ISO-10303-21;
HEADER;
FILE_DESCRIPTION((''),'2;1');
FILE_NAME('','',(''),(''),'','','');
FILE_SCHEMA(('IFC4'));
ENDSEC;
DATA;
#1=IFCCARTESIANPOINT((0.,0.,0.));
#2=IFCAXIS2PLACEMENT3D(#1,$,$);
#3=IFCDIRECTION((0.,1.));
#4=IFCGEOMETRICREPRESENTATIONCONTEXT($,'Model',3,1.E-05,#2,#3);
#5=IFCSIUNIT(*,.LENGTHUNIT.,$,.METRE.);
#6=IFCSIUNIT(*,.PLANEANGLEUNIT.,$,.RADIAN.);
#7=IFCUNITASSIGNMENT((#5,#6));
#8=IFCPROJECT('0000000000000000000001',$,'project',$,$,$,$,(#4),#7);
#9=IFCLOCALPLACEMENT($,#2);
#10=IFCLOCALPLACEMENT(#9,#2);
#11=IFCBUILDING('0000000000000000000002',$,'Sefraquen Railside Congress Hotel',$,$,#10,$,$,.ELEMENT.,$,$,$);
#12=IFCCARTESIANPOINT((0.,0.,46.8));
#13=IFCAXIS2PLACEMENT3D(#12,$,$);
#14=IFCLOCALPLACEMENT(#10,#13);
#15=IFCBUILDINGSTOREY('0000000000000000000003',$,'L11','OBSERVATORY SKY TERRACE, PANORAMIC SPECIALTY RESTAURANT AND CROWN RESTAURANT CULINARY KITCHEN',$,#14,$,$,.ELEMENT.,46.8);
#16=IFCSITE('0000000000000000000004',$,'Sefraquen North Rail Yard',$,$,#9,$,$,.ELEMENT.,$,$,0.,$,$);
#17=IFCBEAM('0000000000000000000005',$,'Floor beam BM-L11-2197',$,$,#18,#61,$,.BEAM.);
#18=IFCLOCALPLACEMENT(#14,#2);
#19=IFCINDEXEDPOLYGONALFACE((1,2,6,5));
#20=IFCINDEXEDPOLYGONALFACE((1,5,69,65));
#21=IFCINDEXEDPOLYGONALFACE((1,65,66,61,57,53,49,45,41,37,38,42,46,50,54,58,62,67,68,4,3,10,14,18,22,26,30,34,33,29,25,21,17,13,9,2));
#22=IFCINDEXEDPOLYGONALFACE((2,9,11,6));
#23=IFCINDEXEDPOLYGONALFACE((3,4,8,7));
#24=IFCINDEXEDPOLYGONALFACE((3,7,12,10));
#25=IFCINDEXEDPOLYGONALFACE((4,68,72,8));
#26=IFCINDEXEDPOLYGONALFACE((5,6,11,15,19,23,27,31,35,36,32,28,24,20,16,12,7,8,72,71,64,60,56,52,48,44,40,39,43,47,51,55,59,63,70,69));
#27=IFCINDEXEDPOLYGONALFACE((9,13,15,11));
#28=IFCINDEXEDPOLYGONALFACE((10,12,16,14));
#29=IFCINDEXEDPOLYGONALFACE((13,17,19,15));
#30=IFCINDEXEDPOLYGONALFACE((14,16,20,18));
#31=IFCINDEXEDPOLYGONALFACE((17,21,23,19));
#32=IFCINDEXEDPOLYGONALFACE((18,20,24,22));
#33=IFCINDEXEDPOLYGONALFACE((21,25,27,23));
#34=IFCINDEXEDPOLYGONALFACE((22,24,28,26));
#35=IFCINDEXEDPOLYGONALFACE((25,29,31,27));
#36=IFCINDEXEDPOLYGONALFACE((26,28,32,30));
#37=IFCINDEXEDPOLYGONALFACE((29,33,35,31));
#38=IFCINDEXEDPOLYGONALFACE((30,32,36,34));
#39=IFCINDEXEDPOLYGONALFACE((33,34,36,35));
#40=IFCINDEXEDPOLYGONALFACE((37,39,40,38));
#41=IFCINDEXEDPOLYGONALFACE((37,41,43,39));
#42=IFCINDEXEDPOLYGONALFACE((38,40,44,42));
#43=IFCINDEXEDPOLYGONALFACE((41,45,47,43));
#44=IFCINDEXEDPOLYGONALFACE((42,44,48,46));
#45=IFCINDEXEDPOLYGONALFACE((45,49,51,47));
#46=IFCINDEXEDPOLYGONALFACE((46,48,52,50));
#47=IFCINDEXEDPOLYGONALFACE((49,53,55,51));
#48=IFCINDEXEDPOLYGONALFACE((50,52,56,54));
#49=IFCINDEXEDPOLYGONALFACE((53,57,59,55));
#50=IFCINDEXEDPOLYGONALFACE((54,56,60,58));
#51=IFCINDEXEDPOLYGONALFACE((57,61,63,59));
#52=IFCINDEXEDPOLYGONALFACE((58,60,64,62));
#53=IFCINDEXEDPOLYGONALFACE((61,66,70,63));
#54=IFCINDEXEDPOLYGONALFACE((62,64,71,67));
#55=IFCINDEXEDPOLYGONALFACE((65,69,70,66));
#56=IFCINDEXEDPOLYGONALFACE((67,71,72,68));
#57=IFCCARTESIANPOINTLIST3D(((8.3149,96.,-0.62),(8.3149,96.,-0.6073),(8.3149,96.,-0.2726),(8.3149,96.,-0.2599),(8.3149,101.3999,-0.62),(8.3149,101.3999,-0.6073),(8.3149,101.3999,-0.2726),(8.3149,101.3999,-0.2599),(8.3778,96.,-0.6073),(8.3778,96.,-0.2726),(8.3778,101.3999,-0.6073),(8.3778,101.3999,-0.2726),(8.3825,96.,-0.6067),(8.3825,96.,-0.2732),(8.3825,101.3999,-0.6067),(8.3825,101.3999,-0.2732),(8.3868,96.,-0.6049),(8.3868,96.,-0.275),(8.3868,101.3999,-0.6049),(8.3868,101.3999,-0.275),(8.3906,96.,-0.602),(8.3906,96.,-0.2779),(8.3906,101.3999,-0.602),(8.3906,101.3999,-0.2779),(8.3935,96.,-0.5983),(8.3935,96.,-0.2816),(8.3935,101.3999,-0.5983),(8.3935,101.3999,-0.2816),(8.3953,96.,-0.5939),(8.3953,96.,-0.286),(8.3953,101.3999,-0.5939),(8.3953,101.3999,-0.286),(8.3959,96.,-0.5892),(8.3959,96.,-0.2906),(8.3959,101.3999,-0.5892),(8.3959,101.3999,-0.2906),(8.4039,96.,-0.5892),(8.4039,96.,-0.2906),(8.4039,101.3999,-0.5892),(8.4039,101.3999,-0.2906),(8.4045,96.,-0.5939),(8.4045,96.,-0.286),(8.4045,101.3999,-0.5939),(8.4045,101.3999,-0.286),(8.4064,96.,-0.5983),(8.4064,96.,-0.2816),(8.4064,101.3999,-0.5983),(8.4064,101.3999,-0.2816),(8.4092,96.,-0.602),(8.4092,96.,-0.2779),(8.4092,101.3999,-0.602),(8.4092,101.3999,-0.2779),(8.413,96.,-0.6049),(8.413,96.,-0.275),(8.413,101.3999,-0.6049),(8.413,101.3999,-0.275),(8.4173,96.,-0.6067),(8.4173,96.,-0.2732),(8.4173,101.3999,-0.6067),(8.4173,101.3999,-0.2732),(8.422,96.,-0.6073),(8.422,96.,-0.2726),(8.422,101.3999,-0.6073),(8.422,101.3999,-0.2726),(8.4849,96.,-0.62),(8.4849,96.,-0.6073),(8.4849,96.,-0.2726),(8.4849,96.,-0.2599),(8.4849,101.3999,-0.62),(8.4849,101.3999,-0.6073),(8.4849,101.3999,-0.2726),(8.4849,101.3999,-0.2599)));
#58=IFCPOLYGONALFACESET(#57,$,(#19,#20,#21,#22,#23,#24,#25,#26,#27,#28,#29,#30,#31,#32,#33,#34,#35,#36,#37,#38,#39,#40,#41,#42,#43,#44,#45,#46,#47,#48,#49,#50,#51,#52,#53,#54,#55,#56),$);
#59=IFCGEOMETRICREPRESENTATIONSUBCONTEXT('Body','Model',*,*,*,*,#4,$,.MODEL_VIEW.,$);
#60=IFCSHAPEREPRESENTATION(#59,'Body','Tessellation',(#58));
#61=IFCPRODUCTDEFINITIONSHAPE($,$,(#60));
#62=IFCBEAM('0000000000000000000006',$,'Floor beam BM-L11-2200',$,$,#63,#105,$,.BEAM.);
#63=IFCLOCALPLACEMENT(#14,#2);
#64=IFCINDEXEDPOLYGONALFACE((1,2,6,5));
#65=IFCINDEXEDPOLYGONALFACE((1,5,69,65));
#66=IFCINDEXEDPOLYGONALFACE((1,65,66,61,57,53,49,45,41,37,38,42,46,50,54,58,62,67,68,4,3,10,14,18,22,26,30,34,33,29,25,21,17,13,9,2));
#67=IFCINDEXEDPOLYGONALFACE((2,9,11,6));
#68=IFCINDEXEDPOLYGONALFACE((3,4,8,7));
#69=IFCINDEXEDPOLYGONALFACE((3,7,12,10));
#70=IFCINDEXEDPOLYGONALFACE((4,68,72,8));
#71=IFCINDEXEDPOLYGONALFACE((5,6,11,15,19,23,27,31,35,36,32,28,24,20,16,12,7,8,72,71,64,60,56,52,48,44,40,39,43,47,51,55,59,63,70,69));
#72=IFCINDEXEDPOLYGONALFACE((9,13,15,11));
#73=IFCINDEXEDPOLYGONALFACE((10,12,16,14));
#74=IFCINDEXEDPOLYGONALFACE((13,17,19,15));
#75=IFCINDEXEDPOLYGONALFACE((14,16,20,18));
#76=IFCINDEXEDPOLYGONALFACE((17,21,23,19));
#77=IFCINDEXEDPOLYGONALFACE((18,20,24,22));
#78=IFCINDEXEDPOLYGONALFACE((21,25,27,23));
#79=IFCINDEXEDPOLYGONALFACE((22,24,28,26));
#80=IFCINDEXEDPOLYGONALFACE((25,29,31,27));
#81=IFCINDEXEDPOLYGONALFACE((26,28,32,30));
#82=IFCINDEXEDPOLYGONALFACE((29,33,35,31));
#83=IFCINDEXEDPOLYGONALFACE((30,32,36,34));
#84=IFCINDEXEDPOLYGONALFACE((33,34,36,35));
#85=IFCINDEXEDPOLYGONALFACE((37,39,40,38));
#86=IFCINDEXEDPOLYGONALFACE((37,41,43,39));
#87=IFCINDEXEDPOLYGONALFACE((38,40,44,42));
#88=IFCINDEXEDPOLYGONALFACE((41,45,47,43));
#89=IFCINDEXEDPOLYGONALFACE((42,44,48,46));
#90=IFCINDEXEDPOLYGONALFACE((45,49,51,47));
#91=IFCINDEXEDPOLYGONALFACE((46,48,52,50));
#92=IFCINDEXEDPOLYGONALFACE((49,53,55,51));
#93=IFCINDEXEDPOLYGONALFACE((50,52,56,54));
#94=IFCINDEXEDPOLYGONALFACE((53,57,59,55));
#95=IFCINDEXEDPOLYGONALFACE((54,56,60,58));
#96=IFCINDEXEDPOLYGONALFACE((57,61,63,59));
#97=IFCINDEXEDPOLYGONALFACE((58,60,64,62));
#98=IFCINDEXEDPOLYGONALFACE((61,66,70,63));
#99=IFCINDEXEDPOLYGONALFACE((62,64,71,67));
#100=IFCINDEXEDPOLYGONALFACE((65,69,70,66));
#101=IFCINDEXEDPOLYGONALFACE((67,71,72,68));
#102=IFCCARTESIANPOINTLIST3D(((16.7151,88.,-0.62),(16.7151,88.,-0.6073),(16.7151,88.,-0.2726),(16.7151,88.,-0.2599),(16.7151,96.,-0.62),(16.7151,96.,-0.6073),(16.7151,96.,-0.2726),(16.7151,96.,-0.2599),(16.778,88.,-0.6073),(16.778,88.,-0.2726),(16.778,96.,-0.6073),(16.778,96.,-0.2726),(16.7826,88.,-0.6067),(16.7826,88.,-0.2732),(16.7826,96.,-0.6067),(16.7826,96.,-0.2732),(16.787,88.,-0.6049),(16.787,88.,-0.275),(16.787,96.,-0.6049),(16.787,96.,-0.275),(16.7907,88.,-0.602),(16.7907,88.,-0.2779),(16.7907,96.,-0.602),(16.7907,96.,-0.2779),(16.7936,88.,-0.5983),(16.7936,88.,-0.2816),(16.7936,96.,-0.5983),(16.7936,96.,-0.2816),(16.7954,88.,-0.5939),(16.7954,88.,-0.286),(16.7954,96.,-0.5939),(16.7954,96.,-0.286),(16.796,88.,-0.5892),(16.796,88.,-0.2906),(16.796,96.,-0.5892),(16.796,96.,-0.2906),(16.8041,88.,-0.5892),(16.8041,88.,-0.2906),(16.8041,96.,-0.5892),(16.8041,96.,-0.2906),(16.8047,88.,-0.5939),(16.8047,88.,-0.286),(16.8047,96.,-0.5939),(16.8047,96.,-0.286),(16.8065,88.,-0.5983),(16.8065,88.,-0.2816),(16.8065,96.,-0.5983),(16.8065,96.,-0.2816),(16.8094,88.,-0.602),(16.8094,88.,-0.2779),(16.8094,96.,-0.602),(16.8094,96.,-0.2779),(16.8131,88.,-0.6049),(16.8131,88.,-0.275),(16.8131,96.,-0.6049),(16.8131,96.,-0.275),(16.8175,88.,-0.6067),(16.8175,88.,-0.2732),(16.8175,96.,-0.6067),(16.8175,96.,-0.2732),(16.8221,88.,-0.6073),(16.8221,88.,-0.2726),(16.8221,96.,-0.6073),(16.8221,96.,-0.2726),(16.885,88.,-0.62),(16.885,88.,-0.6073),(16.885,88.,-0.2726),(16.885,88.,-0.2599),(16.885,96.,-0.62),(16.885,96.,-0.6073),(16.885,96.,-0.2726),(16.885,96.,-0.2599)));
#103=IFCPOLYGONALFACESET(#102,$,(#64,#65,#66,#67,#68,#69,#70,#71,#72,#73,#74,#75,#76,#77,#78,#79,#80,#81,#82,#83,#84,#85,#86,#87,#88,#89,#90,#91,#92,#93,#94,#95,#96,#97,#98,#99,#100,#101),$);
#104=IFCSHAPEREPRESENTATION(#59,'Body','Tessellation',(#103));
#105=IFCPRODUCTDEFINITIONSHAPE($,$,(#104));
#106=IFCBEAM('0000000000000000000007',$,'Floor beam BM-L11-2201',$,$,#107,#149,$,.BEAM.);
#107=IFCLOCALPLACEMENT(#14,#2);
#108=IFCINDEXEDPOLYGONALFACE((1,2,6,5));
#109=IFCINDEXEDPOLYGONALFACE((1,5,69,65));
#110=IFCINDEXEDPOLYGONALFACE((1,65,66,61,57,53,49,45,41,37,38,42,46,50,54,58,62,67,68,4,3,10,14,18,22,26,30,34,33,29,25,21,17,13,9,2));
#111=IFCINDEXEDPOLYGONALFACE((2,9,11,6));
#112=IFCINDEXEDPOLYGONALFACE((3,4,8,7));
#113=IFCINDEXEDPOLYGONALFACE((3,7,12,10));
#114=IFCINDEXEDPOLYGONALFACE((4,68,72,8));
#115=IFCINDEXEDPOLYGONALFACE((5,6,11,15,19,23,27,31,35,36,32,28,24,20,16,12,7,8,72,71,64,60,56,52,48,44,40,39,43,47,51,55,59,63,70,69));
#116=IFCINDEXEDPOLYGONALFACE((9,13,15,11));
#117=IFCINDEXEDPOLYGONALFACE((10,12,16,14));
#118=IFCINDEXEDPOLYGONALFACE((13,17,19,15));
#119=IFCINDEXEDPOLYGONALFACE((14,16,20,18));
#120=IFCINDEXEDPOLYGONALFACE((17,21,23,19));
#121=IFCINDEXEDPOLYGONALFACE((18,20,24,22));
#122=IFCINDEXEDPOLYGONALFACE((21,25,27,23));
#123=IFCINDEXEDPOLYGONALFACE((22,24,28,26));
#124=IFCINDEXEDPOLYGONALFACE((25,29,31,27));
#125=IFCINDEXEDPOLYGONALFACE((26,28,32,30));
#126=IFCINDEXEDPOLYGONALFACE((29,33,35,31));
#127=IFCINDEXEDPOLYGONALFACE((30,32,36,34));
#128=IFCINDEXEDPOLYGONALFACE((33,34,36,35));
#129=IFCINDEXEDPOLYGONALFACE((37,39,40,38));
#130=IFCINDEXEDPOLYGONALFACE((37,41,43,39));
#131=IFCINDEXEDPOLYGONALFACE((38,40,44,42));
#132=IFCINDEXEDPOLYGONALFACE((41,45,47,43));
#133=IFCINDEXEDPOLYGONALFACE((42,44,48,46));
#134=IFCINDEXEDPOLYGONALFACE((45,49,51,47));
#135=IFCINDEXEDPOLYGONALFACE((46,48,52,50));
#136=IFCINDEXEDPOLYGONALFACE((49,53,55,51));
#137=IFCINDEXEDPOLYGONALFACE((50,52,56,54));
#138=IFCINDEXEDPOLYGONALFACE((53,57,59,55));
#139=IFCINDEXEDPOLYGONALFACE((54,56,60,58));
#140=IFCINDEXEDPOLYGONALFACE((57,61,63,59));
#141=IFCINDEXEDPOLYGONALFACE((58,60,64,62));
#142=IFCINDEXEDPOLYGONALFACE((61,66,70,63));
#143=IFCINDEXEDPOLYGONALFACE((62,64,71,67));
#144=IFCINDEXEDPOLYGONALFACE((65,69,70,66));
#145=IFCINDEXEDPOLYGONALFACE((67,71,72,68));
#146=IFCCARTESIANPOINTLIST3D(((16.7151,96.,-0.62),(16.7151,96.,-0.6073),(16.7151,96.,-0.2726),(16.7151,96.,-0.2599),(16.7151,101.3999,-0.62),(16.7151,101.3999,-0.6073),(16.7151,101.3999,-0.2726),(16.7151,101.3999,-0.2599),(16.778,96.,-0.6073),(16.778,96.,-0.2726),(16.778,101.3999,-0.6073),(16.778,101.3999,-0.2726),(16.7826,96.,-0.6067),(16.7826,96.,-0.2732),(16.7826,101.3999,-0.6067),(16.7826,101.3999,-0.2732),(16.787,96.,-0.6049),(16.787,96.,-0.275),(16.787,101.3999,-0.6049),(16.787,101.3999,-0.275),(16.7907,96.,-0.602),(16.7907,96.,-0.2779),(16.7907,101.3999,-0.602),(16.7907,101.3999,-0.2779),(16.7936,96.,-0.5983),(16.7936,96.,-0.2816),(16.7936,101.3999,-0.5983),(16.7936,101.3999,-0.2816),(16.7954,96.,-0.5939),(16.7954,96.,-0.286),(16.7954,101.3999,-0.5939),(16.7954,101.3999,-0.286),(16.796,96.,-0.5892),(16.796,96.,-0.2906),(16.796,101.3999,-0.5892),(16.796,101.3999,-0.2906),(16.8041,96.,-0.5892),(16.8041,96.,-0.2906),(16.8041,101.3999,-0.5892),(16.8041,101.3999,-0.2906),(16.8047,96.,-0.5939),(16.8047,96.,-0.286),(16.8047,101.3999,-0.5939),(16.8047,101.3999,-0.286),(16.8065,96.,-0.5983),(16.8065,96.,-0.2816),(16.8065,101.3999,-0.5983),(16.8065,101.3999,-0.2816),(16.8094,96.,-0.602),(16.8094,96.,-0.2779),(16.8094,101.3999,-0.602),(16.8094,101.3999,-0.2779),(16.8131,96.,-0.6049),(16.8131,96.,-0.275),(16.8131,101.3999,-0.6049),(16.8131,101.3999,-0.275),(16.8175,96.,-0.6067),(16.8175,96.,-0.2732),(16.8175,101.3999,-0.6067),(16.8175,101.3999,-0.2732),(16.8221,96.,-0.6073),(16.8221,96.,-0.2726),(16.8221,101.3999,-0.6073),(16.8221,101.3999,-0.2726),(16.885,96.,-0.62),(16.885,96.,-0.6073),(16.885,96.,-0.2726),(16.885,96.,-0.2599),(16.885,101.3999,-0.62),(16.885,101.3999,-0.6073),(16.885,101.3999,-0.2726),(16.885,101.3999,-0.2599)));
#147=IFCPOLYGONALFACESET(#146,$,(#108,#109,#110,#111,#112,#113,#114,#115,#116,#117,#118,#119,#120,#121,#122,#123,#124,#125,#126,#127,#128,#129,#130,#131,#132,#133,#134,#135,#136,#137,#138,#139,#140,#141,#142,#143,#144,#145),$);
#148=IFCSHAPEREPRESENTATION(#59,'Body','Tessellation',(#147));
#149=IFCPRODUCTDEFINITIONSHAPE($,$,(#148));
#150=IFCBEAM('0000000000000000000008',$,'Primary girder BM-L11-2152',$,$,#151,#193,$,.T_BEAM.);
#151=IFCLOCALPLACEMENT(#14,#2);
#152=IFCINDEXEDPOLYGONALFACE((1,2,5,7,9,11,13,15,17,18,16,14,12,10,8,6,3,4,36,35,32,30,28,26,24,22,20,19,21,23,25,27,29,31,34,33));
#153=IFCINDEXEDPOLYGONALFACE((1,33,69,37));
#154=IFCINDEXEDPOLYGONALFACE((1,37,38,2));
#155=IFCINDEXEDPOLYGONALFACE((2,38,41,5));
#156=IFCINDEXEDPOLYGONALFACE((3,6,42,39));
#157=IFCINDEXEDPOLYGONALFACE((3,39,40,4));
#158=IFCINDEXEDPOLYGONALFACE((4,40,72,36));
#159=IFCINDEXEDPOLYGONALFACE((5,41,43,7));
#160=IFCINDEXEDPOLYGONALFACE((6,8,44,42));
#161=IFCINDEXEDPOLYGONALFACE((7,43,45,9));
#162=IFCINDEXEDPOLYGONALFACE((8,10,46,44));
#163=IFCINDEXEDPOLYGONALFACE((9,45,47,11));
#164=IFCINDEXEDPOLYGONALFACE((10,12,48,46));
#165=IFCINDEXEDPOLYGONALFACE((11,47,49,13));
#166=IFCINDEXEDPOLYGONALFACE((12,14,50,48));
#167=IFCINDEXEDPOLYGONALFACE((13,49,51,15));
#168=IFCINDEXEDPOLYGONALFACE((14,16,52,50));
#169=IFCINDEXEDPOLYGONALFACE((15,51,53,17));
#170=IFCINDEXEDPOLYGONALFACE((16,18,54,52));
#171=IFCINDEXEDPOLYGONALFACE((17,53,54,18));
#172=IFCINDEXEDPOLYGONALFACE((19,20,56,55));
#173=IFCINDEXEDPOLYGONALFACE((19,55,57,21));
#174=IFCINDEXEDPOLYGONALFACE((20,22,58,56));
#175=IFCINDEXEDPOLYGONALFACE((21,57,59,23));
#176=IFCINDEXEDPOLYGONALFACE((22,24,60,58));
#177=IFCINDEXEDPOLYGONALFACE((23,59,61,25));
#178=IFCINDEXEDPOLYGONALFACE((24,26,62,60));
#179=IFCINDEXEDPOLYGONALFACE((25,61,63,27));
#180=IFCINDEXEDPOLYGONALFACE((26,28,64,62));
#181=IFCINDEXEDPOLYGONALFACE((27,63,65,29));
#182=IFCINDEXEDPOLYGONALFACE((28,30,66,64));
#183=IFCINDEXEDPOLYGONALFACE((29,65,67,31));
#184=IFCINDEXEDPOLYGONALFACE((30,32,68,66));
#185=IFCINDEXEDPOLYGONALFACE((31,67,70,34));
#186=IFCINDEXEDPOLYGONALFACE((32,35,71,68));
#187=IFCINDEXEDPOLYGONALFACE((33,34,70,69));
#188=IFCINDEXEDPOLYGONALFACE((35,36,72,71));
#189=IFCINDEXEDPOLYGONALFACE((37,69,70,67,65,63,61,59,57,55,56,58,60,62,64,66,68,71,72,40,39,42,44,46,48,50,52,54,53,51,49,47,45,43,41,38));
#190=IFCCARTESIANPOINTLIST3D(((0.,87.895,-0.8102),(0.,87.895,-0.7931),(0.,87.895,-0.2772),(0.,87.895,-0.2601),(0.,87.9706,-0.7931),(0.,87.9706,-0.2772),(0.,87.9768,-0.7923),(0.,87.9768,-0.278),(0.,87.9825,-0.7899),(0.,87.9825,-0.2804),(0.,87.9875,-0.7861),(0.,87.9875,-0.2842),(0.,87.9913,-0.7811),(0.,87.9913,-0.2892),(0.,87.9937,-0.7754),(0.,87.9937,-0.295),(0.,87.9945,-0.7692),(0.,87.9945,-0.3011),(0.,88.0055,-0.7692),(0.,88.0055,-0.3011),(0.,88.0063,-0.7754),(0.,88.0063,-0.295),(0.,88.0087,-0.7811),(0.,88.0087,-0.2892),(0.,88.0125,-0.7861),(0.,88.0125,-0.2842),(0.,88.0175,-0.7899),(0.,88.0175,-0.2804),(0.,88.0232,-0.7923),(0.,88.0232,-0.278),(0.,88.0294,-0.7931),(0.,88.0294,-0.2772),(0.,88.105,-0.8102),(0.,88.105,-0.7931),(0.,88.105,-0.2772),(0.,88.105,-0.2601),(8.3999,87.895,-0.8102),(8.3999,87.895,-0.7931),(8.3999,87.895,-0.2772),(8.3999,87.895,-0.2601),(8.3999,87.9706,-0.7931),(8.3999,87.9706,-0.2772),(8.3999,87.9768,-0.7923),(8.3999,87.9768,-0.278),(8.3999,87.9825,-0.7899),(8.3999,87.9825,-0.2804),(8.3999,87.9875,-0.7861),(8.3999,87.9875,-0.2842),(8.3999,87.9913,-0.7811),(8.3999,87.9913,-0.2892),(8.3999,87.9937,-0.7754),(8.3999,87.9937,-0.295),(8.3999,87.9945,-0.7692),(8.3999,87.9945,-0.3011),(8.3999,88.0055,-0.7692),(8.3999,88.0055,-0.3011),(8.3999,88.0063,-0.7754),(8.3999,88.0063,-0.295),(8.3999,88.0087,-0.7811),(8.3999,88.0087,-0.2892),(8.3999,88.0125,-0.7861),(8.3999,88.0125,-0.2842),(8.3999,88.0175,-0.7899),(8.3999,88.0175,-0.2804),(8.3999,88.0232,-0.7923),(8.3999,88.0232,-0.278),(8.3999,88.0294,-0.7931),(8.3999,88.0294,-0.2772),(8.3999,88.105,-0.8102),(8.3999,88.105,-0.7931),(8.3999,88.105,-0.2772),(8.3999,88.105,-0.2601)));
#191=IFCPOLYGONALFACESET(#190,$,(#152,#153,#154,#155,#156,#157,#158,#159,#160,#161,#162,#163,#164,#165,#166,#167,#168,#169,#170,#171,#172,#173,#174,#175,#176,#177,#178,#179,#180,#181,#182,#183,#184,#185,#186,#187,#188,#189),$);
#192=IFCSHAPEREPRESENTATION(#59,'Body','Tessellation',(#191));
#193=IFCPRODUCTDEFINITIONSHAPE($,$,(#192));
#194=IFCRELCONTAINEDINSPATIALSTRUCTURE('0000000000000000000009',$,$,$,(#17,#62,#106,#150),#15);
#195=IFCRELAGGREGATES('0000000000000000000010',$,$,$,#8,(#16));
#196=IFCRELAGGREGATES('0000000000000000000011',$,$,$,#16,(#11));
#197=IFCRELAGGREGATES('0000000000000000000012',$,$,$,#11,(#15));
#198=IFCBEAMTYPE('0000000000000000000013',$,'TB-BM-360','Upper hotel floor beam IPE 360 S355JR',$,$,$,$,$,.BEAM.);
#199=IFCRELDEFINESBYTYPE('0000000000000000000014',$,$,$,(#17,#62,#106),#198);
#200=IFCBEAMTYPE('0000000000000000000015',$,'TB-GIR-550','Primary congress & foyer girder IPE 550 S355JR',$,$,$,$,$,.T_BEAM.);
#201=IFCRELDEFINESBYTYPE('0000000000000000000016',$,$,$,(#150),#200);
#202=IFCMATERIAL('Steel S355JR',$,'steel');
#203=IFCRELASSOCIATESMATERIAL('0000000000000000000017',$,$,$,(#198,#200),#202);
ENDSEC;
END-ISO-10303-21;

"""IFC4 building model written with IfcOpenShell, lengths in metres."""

from ifc_helpers import new_model, si_unit, direction, frame, origin, origin_2d, place, context, subcontext, project, spatial, i_section, extrude, material, material_profile, profile_set, type_object, element, save


model = new_model("IFC4")

# Units and contexts
model_context = context("Model", 3, precision=1e-05, world=origin(), true_north=direction((0.0, 1.0)))
body_context = subcontext(model_context, "Body", "Model", "MODEL_VIEW")
ifc_project = project(units=[si_unit("LENGTHUNIT", "METRE"), si_unit("PLANEANGLEUNIT", "RADIAN")], contexts=[model_context])

# Site, building, storey
site_placement = place(None, origin())
site = spatial("IfcSite", under=ifc_project, at=site_placement, Name="Sefraquen North Rail Yard", CompositionType="ELEMENT", RefElevation=0.0)
building_placement = place(site_placement, origin())
building = spatial("IfcBuilding", under=site, at=building_placement, Name="Sefraquen Railside Congress Hotel", CompositionType="ELEMENT")
storey_placement = place(building_placement, frame((0.0, 0.0, 46.8)))
storey = spatial("IfcBuildingStorey", under=building, at=storey_placement, Name="L11", Description="OBSERVATORY SKY TERRACE, PANORAMIC SPECIALTY RESTAURANT AND CROWN RESTAURANT CULINARY KITCHEN", CompositionType="ELEMENT", Elevation=46.8)

# Shared definitions
ifc_material_1 = material(Name="Steel S355JR", Category="steel")

# Beams
ifc_material_profile_1 = material_profile(ifc_material_1, i_section(OverallWidth=0.1699, OverallDepth=0.3601, WebThickness=0.0081, FlangeThickness=0.0127, FilletRadius=0.0181, at=origin_2d()), Name="IPE 360")
ifc_profile_set_1 = profile_set([ifc_material_profile_1], Name="Steel S355JR")
beam_type_1 = type_object("IfcBeamType", Name="TB-BM-360", Description="Upper hotel floor beam IPE 360 S355JR", PredefinedType="BEAM", material=ifc_profile_set_1)
beam_1_placement = place(storey_placement, frame((8.3999, 96.0, -0.4399), z_axis=(0.0, 1.0, 0.0), x_axis=(-1.0, 0.0, 0.0)))
element("IfcBeam", 1, at=beam_1_placement, inside=storey, type_object=beam_type_1, Name="Floor beam BM-L11-2197", PredefinedType="BEAM", context=body_context, shape_type="SweptSolid", body=[
    extrude(i_section(OverallWidth=0.1699, OverallDepth=0.3601, WebThickness=0.0081, FlangeThickness=0.0127, FilletRadius=0.0181, at=origin_2d()), origin(), (0.0, 0.0, 1.0), 5.3999),
])
beam_2_placement = place(storey_placement, frame((16.8, 88.0, -0.4399), z_axis=(0.0, 1.0, 0.0), x_axis=(-1.0, 0.0, 0.0)))
element("IfcBeam", 2, at=beam_2_placement, inside=storey, type_object=beam_type_1, Name="Floor beam BM-L11-2200", PredefinedType="BEAM", context=body_context, shape_type="SweptSolid", body=[
    extrude(i_section(OverallWidth=0.1699, OverallDepth=0.3601, WebThickness=0.0081, FlangeThickness=0.0127, FilletRadius=0.0181, at=origin_2d()), origin(), (0.0, 0.0, 1.0), 8.0),
])
beam_3_placement = place(storey_placement, frame((16.8, 96.0, -0.4399), z_axis=(0.0, 1.0, 0.0), x_axis=(-1.0, 0.0, 0.0)))
element("IfcBeam", 3, at=beam_3_placement, inside=storey, type_object=beam_type_1, Name="Floor beam BM-L11-2201", PredefinedType="BEAM", context=body_context, shape_type="SweptSolid", body=[
    extrude(i_section(OverallWidth=0.1699, OverallDepth=0.3601, WebThickness=0.0081, FlangeThickness=0.0127, FilletRadius=0.0181, at=origin_2d()), origin(), (0.0, 0.0, 1.0), 5.3999),
])
ifc_material_profile_2 = material_profile(ifc_material_1, i_section(OverallWidth=0.21, OverallDepth=0.55, WebThickness=0.011, FlangeThickness=0.0171, FilletRadius=0.0239, at=origin_2d()), Name="IPE 550")
ifc_profile_set_2 = profile_set([ifc_material_profile_2], Name="Steel S355JR")
beam_type_2 = type_object("IfcBeamType", Name="TB-GIR-550", Description="Primary congress & foyer girder IPE 550 S355JR", PredefinedType="T_BEAM", material=ifc_profile_set_2)
for number, where, z_axis, x_axis, name in (
    (4, (0.0, 88.0, -0.5352), (1.0, 0.0, 0.0), (0.0, 1.0, 0.0), "Primary girder BM-L11-2152"),
):
    element("IfcBeam", number, at=place(storey_placement, frame(where, z_axis=z_axis, x_axis=x_axis)), inside=storey, type_object=beam_type_2, Name=name, PredefinedType="T_BEAM", context=body_context, shape_type="SweptSolid", body=[
        extrude(i_section(OverallWidth=0.21, OverallDepth=0.55, WebThickness=0.011, FlangeThickness=0.0171, FilletRadius=0.0239, at=origin_2d()), origin(), (0.0, 0.0, 1.0), 8.3999),
    ])

save(model, "model.ifc")
